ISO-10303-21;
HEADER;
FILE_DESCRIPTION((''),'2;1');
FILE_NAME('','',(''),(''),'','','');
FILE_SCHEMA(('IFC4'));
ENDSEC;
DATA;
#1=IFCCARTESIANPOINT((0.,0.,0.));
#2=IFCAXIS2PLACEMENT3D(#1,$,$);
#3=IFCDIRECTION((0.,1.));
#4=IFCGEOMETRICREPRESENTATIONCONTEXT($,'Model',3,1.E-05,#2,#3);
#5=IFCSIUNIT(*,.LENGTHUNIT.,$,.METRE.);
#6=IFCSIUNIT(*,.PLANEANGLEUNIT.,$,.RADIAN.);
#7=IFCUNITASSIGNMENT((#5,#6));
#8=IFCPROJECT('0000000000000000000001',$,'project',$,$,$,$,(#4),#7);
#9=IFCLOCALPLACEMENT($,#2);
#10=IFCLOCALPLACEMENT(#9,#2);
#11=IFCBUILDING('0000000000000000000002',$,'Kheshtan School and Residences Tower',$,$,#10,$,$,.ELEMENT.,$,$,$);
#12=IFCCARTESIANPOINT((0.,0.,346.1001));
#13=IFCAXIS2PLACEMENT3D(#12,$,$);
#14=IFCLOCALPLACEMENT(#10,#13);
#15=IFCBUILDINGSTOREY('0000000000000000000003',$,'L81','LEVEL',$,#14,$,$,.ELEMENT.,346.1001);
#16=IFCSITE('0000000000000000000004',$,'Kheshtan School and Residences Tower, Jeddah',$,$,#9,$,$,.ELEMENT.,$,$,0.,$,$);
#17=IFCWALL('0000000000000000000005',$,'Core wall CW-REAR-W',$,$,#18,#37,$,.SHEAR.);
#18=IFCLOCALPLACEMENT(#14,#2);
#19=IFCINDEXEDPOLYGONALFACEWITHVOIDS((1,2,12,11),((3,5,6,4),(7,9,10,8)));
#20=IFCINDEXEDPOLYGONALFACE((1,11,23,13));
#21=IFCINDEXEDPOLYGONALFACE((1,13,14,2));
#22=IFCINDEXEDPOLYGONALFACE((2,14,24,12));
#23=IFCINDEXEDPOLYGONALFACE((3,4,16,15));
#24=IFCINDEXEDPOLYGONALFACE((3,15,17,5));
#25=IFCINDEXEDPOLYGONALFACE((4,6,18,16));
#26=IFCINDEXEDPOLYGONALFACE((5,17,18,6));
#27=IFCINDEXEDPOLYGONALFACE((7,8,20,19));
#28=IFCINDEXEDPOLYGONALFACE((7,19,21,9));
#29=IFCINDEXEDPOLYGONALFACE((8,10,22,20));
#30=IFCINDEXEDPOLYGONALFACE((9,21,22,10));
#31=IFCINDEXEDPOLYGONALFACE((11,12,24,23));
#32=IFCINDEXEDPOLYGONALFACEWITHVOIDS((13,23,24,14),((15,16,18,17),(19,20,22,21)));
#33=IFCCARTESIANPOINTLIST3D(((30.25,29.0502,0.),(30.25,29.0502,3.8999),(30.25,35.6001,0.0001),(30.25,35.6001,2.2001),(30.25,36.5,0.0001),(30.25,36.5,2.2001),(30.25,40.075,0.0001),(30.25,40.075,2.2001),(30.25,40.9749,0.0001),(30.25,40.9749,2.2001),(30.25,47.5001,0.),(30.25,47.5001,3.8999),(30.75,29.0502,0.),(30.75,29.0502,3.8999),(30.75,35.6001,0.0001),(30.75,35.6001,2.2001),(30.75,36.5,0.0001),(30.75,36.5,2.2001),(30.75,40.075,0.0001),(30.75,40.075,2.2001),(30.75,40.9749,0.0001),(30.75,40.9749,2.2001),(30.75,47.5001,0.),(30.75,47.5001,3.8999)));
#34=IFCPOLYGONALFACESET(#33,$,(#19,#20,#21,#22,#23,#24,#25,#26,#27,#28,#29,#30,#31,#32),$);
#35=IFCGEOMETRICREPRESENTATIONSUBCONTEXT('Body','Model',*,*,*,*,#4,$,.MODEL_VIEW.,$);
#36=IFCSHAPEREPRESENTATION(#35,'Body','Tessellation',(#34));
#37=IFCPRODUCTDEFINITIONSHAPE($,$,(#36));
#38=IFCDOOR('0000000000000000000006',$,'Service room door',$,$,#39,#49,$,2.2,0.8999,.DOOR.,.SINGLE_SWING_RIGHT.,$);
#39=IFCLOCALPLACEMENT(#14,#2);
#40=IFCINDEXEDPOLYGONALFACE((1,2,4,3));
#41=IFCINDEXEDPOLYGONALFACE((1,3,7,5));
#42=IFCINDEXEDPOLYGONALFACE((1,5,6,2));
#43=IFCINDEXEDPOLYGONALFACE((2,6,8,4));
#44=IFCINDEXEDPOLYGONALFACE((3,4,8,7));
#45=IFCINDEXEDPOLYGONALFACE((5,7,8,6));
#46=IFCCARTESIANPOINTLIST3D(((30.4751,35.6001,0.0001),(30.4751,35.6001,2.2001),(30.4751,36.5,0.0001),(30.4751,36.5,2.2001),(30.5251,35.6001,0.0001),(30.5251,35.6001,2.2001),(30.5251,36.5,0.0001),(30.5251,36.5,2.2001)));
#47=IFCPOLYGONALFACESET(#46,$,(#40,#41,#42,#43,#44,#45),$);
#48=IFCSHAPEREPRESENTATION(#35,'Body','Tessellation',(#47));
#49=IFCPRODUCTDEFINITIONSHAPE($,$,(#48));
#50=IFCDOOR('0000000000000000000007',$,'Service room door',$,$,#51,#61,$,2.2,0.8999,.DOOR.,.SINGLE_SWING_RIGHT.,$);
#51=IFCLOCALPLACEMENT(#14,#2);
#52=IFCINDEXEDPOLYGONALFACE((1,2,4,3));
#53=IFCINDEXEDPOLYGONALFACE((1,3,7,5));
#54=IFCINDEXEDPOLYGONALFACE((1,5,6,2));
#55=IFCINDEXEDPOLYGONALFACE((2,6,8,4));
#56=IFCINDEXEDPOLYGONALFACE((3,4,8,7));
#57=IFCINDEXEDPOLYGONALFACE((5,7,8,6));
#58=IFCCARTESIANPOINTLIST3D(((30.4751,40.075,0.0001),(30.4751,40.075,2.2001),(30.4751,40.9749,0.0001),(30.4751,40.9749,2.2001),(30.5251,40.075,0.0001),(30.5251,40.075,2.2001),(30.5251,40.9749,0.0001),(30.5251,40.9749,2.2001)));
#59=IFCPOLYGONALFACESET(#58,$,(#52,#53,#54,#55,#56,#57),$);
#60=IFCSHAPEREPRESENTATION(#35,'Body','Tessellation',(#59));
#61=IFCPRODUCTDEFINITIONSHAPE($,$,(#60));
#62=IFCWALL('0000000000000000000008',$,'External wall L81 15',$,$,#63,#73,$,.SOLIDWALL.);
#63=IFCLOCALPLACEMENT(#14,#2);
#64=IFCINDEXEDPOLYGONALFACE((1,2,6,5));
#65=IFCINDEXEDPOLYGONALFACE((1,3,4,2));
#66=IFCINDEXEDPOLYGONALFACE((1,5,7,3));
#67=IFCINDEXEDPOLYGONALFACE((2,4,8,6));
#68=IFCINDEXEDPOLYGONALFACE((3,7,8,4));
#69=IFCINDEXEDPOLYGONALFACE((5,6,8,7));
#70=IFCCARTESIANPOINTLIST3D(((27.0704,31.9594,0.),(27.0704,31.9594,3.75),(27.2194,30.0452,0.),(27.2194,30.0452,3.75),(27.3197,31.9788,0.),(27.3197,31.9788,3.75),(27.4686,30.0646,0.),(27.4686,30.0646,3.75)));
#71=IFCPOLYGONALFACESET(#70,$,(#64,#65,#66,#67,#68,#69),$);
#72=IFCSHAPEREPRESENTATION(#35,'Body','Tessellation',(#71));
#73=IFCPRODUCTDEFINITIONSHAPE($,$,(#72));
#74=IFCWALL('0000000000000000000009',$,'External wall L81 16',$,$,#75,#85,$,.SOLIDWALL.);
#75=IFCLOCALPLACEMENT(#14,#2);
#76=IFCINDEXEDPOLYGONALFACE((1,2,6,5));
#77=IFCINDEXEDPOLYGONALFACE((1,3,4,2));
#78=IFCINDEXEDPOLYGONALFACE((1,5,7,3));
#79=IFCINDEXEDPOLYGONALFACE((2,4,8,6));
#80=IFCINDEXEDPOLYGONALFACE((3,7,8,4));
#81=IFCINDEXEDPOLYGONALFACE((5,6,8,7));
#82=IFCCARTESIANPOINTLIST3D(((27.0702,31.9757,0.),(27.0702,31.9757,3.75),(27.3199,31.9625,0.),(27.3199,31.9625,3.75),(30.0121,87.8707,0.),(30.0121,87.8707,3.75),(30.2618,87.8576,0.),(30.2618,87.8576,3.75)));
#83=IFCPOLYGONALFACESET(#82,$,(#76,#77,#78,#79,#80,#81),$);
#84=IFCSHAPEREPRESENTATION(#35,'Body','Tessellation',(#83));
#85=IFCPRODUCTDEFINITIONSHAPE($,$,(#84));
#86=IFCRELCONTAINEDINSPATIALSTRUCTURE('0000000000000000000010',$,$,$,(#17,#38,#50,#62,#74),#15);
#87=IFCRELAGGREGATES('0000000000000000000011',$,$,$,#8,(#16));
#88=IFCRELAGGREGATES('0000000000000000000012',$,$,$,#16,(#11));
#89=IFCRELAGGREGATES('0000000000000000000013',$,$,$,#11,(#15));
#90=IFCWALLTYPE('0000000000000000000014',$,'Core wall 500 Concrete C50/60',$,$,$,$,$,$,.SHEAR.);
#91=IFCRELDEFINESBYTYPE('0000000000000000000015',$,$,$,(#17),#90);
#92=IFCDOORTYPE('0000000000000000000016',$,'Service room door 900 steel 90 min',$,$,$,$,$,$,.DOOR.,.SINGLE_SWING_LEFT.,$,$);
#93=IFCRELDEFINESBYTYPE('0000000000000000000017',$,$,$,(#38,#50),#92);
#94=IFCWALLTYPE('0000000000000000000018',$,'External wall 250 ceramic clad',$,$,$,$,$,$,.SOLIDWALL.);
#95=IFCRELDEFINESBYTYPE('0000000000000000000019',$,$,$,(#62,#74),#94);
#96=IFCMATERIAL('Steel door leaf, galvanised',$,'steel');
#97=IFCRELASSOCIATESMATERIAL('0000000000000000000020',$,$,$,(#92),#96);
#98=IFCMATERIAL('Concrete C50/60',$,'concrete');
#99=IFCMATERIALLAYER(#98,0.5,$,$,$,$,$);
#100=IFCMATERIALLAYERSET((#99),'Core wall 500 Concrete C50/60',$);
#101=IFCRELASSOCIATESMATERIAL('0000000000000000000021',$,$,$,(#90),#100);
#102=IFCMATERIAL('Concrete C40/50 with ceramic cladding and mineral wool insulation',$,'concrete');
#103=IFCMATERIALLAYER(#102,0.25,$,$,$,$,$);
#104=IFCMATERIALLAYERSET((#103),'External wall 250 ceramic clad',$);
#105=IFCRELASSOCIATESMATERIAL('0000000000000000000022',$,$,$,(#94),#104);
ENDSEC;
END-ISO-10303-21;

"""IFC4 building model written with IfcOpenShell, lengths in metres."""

from ifc_helpers import new_model, si_unit, direction, frame, frame_2d, origin, place, context, subcontext, project, spatial, rectangle, extrude, source, transform, mapped, material, layer, layer_set, type_object, element, fill, save


model = new_model("IFC4")

# Units and contexts
model_context = context("Model", 3, precision=1e-05, world=origin(), true_north=direction((0.0, 1.0)))
body_context = subcontext(model_context, "Body", "Model", "MODEL_VIEW")
ifc_project = project(units=[si_unit("LENGTHUNIT", "METRE"), si_unit("PLANEANGLEUNIT", "RADIAN")], contexts=[model_context])

# Site, building, storey
site_placement = place(None, origin())
site = spatial("IfcSite", under=ifc_project, at=site_placement, Name="Kheshtan School and Residences Tower, Jeddah", CompositionType="ELEMENT", RefElevation=0.0)
building_placement = place(site_placement, origin())
building = spatial("IfcBuilding", under=site, at=building_placement, Name="Kheshtan School and Residences Tower", CompositionType="ELEMENT")
storey_placement = place(building_placement, frame((0.0, 0.0, 346.1001)))
storey = spatial("IfcBuildingStorey", under=building, at=storey_placement, Name="L81", Description="LEVEL", CompositionType="ELEMENT", Elevation=346.1001)

# Shared definitions
ifc_material_1 = material(Name="Concrete C50/60", Category="concrete")
ifc_material_2 = material(Name="Steel door leaf, galvanised", Category="steel")
door_type_1 = type_object("IfcDoorType", Name="Service room door 900 steel 90 min", OperationType="SINGLE_SWING_LEFT", PredefinedType="DOOR", material=ifc_material_2)
shared_shape_1 = source(origin(), body_context, "Body", "SweptSolid", [
    extrude(rectangle(XDim=0.8999, YDim=2.2, at=frame_2d((0.45, 1.1001))), frame((0.0, 0.0249, 0.0), z_axis=(0.0, -1.0, 0.0), x_axis=(1.0, 0.0, 0.0)), (0.0, 0.0, 1.0), 0.05),
])

# Shared definitions
ifc_layer_1 = layer(ifc_material_1, 0.5)
ifc_layer_set_1 = layer_set([ifc_layer_1], Name="Core wall 500 Concrete C50/60")
wall_type_1 = type_object("IfcWallType", Name="Core wall 500 Concrete C50/60", PredefinedType="SHEAR", material=ifc_layer_set_1)

# Wall, openings, doors
wall_1_placement = place(storey_placement, frame((30.5, 29.05, 0.0), z_axis=(0.0, 0.0, 1.0), x_axis=(0.0, 1.0, 0.0)))
wall_1 = element("IfcWall", 1, at=wall_1_placement, inside=storey, type_object=wall_type_1, Name="Core wall CW-REAR-W", PredefinedType="SHEAR", context=body_context, shape_type="SweptSolid", body=[
    extrude(rectangle(XDim=18.45, YDim=0.5, at=frame_2d((9.2251, 0.0))), origin(), (0.0, 0.0, 1.0), 3.8999),
])
opening_1_placement = place(wall_1_placement, frame((6.55, 0.0, 0.0)))
opening_1 = element("IfcOpeningElement", 2, at=opening_1_placement, cuts=wall_1, PredefinedType="OPENING", context=body_context, shape_type="SweptSolid", body=[
    extrude(rectangle(XDim=0.8999, YDim=2.2, at=frame_2d((0.45, 1.1001))), frame((0.0, 0.26, 0.0), z_axis=(0.0, -1.0, 0.0), x_axis=(1.0, 0.0, 0.0)), (0.0, 0.0, 1.0), 0.52),
])
opening_2_placement = place(wall_1_placement, frame((11.0249, 0.0, 0.0)))
opening_2 = element("IfcOpeningElement", 3, at=opening_2_placement, cuts=wall_1, PredefinedType="OPENING", context=body_context, shape_type="SweptSolid", body=[
    extrude(rectangle(XDim=0.8999, YDim=2.2, at=frame_2d((0.45, 1.1001))), frame((0.0, 0.26, 0.0), z_axis=(0.0, -1.0, 0.0), x_axis=(1.0, 0.0, 0.0)), (0.0, 0.0, 1.0), 0.52),
])
door_1_placement = place(opening_1_placement, origin())
door_1 = element("IfcDoor", 4, at=door_1_placement, inside=storey, type_object=door_type_1, Name="Service room door", OperationType="SINGLE_SWING_RIGHT", OverallHeight=2.2, OverallWidth=0.8999, PredefinedType="DOOR", context=body_context, shape_type="MappedRepresentation", body=[
    mapped(shared_shape_1, transform((0.0, 0.0, 0.0), x_axis=(1.0, 0.0, 0.0), y_axis=(0.0, 1.0, 0.0), z_axis=(0.0, 0.0, 1.0), scale=1.0)),
])
fill(opening_1, door_1)
door_2_placement = place(opening_2_placement, origin())
door_2 = element("IfcDoor", 5, at=door_2_placement, inside=storey, type_object=door_type_1, Name="Service room door", OperationType="SINGLE_SWING_RIGHT", OverallHeight=2.2, OverallWidth=0.8999, PredefinedType="DOOR", context=body_context, shape_type="MappedRepresentation", body=[
    mapped(shared_shape_1, transform((0.0, 0.0, 0.0), x_axis=(1.0, 0.0, 0.0), y_axis=(0.0, 1.0, 0.0), z_axis=(0.0, 0.0, 1.0), scale=1.0)),
])
fill(opening_2, door_2)

# Walls
ifc_material_3 = material(Name="Concrete C40/50 with ceramic cladding and mineral wool insulation", Category="concrete")
ifc_layer_2 = layer(ifc_material_3, 0.25)
ifc_layer_set_2 = layer_set([ifc_layer_2], Name="External wall 250 ceramic clad")
wall_type_2 = type_object("IfcWallType", Name="External wall 250 ceramic clad", PredefinedType="SOLIDWALL", material=ifc_layer_set_2)
wall_2_placement = place(storey_placement, frame((27.344, 30.0549, 0.0), z_axis=(0.0, 0.0, 1.0), x_axis=(-0.077572, 0.996987, 0.0)))
element("IfcWall", 6, at=wall_2_placement, inside=storey, type_object=wall_type_2, Name="External wall L81 15", PredefinedType="SOLIDWALL", context=body_context, shape_type="SweptSolid", body=[
    extrude(rectangle(XDim=1.9199, YDim=0.25, at=frame_2d((0.96, 0.0))), origin(), (0.0, 0.0, 1.0), 3.75),
])
wall_3_placement = place(storey_placement, frame((27.1951, 31.969, 0.0), z_axis=(0.0, 0.0, 1.0), x_axis=(0.05256, 0.998618, 0.0)))
element("IfcWall", 7, at=wall_3_placement, inside=storey, type_object=wall_type_2, Name="External wall L81 16", PredefinedType="SOLIDWALL", context=body_context, shape_type="SweptSolid", body=[
    extrude(rectangle(XDim=55.9724, YDim=0.25, at=frame_2d((27.9863, 0.0))), origin(), (0.0, 0.0, 1.0), 3.75),
])

save(model, "model.ifc")
